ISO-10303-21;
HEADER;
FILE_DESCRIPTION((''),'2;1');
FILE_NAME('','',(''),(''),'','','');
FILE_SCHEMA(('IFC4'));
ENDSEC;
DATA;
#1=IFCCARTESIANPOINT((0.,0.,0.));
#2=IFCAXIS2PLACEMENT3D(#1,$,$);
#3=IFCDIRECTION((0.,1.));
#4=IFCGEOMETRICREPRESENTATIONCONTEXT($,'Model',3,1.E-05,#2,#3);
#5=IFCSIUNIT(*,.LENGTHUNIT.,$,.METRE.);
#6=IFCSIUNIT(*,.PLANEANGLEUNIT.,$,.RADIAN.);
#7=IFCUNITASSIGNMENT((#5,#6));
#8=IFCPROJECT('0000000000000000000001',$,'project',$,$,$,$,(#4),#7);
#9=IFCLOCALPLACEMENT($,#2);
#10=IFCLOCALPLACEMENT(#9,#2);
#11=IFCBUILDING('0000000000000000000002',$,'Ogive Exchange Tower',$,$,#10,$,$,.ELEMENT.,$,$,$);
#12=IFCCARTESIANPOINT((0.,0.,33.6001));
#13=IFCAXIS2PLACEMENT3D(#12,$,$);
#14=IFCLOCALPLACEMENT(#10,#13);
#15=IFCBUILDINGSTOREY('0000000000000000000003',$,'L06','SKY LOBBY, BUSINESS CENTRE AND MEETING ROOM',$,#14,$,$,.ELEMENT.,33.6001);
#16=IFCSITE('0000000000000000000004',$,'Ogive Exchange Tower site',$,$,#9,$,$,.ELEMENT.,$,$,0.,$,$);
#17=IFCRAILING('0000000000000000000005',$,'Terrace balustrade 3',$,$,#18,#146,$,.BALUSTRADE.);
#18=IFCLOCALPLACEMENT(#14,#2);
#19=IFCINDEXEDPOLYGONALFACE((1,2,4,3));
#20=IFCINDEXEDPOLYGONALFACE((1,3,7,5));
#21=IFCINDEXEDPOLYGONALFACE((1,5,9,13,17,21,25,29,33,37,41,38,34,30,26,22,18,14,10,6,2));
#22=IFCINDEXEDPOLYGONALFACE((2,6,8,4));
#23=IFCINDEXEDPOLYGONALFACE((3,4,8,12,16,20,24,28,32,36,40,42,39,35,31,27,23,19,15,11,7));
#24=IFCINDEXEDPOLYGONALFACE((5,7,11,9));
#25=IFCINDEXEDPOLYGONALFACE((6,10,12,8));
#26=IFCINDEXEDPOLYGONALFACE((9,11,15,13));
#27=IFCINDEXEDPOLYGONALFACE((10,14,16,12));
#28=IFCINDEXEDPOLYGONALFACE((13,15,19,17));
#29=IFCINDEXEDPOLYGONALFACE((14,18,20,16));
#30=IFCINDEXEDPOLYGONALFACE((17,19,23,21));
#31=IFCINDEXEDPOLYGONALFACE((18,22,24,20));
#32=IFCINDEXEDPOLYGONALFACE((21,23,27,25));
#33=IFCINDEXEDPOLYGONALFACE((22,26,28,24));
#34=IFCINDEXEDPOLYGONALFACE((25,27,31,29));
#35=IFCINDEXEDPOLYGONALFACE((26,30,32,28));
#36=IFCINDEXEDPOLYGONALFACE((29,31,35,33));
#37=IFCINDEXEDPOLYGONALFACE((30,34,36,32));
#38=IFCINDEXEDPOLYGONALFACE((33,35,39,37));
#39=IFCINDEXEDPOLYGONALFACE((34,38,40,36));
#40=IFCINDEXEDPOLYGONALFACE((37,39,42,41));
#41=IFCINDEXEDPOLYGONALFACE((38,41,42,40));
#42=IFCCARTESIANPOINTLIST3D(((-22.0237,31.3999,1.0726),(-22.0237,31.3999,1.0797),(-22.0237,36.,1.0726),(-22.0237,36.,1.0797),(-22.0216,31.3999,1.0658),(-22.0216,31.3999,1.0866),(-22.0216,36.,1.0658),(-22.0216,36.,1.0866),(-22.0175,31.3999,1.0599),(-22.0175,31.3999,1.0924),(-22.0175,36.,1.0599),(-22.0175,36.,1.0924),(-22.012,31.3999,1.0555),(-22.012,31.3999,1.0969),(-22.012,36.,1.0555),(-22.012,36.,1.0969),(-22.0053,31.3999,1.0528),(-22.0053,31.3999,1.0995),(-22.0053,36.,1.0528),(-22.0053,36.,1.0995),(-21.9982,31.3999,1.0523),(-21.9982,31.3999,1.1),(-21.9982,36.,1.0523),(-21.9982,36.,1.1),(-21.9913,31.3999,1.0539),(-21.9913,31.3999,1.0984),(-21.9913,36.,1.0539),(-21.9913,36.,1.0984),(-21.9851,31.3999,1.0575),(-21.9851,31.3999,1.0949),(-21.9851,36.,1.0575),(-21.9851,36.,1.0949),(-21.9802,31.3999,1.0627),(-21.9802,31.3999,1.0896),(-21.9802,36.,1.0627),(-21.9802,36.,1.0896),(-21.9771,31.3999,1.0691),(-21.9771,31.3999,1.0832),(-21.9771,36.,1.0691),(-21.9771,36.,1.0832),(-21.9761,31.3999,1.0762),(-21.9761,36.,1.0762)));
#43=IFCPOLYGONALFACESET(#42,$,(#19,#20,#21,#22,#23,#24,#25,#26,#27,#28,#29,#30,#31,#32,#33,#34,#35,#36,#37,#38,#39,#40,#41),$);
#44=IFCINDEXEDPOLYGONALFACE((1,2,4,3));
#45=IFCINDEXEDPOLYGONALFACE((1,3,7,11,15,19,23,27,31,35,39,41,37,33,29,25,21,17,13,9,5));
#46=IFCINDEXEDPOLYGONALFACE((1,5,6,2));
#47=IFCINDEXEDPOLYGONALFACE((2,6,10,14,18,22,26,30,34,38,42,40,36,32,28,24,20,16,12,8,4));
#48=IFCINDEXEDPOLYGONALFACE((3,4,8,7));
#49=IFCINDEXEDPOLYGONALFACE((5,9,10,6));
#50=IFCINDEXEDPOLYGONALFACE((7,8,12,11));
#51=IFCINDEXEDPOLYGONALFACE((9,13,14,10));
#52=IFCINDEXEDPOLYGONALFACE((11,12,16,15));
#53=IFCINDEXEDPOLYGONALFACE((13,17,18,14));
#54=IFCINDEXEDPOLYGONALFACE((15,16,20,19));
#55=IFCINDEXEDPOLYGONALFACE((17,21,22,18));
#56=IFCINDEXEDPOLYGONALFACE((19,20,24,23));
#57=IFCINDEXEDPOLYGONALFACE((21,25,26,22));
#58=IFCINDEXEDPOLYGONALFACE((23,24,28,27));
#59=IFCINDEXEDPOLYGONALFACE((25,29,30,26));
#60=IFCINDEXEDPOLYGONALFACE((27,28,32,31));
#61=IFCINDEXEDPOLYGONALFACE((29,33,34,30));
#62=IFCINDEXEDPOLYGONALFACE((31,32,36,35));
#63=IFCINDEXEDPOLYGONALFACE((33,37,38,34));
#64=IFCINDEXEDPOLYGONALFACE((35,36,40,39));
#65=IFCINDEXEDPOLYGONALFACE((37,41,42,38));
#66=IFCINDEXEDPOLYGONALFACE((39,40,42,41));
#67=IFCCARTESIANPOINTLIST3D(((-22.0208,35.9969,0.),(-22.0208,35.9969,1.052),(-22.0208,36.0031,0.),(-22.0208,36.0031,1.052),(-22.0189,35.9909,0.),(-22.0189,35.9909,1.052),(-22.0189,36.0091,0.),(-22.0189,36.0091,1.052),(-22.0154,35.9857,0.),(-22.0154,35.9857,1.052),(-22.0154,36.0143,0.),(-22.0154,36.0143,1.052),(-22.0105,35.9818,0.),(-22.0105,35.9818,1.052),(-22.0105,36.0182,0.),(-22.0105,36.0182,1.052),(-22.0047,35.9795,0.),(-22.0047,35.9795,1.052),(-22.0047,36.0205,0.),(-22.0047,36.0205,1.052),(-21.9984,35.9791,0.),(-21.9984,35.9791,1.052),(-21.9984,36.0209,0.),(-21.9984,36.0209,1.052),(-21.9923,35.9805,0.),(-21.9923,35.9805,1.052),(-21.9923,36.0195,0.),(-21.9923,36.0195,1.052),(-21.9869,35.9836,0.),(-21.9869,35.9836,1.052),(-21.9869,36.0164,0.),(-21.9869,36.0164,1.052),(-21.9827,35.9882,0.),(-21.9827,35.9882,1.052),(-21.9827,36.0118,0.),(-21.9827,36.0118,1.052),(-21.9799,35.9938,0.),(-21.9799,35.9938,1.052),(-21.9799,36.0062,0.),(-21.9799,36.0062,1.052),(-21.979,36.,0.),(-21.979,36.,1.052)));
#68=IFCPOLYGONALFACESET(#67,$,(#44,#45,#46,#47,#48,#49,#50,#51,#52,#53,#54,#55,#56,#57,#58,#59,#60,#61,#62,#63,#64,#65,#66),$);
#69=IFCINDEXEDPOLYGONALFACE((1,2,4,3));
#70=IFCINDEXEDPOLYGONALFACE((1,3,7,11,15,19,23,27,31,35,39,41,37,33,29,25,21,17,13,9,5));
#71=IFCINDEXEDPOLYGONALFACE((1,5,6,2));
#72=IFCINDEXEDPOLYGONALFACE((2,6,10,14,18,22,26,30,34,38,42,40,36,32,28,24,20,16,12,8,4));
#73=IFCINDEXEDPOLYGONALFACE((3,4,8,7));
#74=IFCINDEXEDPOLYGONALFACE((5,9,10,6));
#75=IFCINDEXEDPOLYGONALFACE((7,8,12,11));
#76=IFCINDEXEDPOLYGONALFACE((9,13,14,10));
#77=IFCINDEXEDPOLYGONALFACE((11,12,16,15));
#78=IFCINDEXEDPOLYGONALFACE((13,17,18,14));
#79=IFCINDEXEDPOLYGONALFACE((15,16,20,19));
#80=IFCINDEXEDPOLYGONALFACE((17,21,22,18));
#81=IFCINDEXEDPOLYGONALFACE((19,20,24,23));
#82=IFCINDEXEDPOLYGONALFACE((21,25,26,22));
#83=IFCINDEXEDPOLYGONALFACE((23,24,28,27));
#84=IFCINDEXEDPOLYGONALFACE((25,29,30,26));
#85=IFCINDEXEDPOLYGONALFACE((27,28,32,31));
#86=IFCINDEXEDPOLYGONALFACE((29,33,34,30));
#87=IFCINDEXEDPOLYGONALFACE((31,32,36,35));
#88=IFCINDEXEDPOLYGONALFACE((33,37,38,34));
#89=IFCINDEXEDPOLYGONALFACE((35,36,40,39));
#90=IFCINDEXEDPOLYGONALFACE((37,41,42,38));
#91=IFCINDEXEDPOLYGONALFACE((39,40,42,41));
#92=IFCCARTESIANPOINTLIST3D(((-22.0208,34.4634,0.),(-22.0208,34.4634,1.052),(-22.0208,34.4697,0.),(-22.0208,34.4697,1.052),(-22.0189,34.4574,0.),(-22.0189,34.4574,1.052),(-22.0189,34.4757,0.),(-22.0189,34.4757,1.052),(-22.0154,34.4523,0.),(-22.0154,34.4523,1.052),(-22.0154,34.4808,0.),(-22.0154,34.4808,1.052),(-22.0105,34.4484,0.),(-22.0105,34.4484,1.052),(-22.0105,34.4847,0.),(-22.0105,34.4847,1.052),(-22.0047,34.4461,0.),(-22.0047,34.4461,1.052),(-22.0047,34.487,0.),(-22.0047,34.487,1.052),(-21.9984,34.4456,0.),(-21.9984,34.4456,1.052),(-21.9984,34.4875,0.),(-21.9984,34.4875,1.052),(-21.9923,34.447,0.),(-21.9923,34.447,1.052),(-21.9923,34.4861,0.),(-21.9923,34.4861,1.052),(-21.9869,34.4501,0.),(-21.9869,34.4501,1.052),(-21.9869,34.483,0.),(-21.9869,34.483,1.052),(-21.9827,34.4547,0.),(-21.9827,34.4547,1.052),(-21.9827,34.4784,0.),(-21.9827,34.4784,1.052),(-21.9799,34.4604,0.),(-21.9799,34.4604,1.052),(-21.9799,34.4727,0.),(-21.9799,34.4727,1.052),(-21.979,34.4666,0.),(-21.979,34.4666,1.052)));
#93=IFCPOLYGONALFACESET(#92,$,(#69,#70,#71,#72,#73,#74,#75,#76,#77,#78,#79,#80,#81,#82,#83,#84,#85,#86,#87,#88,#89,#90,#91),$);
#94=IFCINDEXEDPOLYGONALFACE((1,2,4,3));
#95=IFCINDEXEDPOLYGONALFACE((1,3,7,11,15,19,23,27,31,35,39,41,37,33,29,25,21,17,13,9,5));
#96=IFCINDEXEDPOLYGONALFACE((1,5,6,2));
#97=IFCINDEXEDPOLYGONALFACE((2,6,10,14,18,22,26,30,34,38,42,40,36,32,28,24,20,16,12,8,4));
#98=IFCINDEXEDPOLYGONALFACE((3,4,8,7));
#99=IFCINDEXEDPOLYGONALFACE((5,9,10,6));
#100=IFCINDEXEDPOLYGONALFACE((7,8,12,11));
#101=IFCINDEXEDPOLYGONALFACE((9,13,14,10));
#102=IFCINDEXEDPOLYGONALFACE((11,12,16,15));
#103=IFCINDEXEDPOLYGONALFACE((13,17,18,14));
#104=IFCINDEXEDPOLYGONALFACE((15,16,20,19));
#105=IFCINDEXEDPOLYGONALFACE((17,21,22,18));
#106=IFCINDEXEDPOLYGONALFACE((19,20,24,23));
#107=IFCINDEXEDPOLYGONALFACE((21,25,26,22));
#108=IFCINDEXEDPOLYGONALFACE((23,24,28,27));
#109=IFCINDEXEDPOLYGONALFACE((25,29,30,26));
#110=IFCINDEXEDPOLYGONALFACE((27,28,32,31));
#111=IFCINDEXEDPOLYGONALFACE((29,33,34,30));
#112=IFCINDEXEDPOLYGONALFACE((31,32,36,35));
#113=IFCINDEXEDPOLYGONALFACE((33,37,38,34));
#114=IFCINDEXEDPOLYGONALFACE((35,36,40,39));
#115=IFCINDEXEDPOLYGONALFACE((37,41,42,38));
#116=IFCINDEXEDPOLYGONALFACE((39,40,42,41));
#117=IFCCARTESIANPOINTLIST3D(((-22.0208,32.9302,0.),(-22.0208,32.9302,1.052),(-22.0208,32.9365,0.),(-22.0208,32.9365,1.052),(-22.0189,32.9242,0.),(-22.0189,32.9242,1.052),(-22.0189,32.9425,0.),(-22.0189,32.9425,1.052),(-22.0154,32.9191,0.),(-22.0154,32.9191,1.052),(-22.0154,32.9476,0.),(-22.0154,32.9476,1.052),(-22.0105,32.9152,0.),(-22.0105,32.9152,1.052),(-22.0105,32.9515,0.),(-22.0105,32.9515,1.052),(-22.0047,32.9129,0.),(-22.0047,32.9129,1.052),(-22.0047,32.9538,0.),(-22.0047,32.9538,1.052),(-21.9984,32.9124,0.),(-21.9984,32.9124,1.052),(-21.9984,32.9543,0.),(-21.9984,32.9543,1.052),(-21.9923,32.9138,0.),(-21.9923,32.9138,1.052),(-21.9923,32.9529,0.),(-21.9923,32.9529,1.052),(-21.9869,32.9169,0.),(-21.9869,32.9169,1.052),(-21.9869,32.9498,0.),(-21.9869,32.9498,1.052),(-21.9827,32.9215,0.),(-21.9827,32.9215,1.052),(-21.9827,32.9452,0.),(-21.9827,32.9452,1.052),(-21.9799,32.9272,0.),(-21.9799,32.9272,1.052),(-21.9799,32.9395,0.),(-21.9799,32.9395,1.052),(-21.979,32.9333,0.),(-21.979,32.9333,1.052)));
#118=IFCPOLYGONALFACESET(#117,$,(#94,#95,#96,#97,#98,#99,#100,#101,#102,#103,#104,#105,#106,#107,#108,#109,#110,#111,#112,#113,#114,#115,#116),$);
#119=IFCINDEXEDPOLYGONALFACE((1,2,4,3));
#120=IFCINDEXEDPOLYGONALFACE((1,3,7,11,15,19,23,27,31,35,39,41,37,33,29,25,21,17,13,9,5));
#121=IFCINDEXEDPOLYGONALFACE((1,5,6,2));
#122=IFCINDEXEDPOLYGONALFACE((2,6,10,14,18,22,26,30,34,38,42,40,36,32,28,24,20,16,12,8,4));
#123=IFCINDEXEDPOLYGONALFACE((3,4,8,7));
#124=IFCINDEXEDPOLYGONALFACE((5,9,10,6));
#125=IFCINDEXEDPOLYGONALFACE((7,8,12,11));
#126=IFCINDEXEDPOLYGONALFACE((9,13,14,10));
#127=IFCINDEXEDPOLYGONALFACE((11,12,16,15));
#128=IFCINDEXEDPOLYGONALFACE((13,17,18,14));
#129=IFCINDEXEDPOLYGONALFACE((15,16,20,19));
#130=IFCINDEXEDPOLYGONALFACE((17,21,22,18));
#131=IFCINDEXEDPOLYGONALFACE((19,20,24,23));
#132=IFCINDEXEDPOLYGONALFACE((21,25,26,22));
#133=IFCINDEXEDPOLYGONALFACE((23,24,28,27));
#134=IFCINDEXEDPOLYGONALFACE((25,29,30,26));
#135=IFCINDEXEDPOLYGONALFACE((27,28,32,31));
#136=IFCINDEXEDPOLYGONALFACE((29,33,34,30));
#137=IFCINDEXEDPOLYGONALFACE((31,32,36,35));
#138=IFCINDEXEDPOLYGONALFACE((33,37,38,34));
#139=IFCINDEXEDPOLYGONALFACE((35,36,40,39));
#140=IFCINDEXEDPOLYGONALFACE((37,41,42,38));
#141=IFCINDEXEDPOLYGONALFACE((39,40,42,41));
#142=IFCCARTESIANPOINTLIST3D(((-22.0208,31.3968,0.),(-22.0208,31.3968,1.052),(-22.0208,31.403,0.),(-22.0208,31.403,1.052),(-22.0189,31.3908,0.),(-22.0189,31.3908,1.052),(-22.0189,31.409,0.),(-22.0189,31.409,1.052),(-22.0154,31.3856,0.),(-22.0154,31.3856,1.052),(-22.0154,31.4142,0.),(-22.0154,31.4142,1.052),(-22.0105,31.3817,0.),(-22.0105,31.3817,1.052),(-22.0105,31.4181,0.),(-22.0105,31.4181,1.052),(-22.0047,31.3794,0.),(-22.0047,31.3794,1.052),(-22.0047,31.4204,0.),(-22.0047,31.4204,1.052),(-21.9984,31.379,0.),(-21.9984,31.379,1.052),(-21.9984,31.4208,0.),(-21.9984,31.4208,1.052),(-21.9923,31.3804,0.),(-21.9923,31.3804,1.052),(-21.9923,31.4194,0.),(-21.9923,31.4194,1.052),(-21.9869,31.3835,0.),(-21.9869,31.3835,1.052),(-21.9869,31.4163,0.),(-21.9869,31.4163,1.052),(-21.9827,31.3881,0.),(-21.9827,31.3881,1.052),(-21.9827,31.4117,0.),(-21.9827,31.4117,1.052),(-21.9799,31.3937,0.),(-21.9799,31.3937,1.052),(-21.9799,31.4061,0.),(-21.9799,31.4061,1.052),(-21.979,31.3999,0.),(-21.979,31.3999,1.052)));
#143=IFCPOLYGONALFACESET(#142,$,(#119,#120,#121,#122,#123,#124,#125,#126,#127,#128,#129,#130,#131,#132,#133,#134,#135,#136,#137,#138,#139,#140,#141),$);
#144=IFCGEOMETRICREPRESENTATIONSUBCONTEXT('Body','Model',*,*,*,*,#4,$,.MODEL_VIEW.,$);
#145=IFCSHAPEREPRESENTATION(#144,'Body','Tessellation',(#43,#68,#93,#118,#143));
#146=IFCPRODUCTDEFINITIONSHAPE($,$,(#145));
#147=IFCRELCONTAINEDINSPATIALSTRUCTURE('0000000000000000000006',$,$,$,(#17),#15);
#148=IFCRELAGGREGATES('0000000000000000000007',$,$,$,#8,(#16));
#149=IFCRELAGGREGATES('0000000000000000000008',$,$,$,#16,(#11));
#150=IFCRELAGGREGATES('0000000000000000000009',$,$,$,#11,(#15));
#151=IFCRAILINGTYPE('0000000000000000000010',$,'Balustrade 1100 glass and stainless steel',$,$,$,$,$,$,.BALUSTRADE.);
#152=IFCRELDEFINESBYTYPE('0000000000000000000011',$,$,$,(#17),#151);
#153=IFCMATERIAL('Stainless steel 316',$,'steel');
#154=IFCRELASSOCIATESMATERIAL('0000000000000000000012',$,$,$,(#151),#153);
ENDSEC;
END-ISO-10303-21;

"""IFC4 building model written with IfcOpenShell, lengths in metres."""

from ifc_helpers import new_model, si_unit, direction, frame, origin, origin_2d, place, context, subcontext, project, spatial, circle, extrude, material, type_object, element, save


model = new_model("IFC4")

# Units and contexts
model_context = context("Model", 3, precision=1e-05, world=origin(), true_north=direction((0.0, 1.0)))
body_context = subcontext(model_context, "Body", "Model", "MODEL_VIEW")
ifc_project = project(units=[si_unit("LENGTHUNIT", "METRE"), si_unit("PLANEANGLEUNIT", "RADIAN")], contexts=[model_context])

# Site, building, storey
site_placement = place(None, origin())
site = spatial("IfcSite", under=ifc_project, at=site_placement, Name="Ogive Exchange Tower site", CompositionType="ELEMENT", RefElevation=0.0)
building_placement = place(site_placement, origin())
building = spatial("IfcBuilding", under=site, at=building_placement, Name="Ogive Exchange Tower", CompositionType="ELEMENT")
storey_placement = place(building_placement, frame((0.0, 0.0, 33.6001)))
storey = spatial("IfcBuildingStorey", under=building, at=storey_placement, Name="L06", Description="SKY LOBBY, BUSINESS CENTRE AND MEETING ROOM", CompositionType="ELEMENT", Elevation=33.6001)

# Railing
ifc_material_1 = material(Name="Stainless steel 316", Category="steel")
railing_type_1 = type_object("IfcRailingType", Name="Balustrade 1100 glass and stainless steel", PredefinedType="BALUSTRADE", material=ifc_material_1)
railing_1_placement = place(storey_placement, frame((-22.0, 36.0, 0.0)))
element("IfcRailing", 1, at=railing_1_placement, inside=storey, type_object=railing_type_1, Name="Terrace balustrade 3", PredefinedType="BALUSTRADE", context=body_context, shape_type="SweptSolid", body=[
    extrude(circle(Radius=0.0239, at=origin_2d()), frame((0.0, 0.0, 1.0762), z_axis=(0.0, -1.0, 0.0), x_axis=(1.0, 0.0, 0.0)), (0.0, 0.0, 1.0), 4.6001),
    extrude(circle(Radius=0.021, at=origin_2d()), origin(), (0.0, 0.0, 1.0), 1.052),
    extrude(circle(Radius=0.021, at=origin_2d()), frame((0.0, -1.5334, 0.0)), (0.0, 0.0, 1.0), 1.052),
    extrude(circle(Radius=0.021, at=origin_2d()), frame((0.0, -3.0667, 0.0)), (0.0, 0.0, 1.0), 1.052),
    extrude(circle(Radius=0.021, at=origin_2d()), frame((0.0, -4.6001, 0.0)), (0.0, 0.0, 1.0), 1.052),
])

save(model, "model.ifc")
